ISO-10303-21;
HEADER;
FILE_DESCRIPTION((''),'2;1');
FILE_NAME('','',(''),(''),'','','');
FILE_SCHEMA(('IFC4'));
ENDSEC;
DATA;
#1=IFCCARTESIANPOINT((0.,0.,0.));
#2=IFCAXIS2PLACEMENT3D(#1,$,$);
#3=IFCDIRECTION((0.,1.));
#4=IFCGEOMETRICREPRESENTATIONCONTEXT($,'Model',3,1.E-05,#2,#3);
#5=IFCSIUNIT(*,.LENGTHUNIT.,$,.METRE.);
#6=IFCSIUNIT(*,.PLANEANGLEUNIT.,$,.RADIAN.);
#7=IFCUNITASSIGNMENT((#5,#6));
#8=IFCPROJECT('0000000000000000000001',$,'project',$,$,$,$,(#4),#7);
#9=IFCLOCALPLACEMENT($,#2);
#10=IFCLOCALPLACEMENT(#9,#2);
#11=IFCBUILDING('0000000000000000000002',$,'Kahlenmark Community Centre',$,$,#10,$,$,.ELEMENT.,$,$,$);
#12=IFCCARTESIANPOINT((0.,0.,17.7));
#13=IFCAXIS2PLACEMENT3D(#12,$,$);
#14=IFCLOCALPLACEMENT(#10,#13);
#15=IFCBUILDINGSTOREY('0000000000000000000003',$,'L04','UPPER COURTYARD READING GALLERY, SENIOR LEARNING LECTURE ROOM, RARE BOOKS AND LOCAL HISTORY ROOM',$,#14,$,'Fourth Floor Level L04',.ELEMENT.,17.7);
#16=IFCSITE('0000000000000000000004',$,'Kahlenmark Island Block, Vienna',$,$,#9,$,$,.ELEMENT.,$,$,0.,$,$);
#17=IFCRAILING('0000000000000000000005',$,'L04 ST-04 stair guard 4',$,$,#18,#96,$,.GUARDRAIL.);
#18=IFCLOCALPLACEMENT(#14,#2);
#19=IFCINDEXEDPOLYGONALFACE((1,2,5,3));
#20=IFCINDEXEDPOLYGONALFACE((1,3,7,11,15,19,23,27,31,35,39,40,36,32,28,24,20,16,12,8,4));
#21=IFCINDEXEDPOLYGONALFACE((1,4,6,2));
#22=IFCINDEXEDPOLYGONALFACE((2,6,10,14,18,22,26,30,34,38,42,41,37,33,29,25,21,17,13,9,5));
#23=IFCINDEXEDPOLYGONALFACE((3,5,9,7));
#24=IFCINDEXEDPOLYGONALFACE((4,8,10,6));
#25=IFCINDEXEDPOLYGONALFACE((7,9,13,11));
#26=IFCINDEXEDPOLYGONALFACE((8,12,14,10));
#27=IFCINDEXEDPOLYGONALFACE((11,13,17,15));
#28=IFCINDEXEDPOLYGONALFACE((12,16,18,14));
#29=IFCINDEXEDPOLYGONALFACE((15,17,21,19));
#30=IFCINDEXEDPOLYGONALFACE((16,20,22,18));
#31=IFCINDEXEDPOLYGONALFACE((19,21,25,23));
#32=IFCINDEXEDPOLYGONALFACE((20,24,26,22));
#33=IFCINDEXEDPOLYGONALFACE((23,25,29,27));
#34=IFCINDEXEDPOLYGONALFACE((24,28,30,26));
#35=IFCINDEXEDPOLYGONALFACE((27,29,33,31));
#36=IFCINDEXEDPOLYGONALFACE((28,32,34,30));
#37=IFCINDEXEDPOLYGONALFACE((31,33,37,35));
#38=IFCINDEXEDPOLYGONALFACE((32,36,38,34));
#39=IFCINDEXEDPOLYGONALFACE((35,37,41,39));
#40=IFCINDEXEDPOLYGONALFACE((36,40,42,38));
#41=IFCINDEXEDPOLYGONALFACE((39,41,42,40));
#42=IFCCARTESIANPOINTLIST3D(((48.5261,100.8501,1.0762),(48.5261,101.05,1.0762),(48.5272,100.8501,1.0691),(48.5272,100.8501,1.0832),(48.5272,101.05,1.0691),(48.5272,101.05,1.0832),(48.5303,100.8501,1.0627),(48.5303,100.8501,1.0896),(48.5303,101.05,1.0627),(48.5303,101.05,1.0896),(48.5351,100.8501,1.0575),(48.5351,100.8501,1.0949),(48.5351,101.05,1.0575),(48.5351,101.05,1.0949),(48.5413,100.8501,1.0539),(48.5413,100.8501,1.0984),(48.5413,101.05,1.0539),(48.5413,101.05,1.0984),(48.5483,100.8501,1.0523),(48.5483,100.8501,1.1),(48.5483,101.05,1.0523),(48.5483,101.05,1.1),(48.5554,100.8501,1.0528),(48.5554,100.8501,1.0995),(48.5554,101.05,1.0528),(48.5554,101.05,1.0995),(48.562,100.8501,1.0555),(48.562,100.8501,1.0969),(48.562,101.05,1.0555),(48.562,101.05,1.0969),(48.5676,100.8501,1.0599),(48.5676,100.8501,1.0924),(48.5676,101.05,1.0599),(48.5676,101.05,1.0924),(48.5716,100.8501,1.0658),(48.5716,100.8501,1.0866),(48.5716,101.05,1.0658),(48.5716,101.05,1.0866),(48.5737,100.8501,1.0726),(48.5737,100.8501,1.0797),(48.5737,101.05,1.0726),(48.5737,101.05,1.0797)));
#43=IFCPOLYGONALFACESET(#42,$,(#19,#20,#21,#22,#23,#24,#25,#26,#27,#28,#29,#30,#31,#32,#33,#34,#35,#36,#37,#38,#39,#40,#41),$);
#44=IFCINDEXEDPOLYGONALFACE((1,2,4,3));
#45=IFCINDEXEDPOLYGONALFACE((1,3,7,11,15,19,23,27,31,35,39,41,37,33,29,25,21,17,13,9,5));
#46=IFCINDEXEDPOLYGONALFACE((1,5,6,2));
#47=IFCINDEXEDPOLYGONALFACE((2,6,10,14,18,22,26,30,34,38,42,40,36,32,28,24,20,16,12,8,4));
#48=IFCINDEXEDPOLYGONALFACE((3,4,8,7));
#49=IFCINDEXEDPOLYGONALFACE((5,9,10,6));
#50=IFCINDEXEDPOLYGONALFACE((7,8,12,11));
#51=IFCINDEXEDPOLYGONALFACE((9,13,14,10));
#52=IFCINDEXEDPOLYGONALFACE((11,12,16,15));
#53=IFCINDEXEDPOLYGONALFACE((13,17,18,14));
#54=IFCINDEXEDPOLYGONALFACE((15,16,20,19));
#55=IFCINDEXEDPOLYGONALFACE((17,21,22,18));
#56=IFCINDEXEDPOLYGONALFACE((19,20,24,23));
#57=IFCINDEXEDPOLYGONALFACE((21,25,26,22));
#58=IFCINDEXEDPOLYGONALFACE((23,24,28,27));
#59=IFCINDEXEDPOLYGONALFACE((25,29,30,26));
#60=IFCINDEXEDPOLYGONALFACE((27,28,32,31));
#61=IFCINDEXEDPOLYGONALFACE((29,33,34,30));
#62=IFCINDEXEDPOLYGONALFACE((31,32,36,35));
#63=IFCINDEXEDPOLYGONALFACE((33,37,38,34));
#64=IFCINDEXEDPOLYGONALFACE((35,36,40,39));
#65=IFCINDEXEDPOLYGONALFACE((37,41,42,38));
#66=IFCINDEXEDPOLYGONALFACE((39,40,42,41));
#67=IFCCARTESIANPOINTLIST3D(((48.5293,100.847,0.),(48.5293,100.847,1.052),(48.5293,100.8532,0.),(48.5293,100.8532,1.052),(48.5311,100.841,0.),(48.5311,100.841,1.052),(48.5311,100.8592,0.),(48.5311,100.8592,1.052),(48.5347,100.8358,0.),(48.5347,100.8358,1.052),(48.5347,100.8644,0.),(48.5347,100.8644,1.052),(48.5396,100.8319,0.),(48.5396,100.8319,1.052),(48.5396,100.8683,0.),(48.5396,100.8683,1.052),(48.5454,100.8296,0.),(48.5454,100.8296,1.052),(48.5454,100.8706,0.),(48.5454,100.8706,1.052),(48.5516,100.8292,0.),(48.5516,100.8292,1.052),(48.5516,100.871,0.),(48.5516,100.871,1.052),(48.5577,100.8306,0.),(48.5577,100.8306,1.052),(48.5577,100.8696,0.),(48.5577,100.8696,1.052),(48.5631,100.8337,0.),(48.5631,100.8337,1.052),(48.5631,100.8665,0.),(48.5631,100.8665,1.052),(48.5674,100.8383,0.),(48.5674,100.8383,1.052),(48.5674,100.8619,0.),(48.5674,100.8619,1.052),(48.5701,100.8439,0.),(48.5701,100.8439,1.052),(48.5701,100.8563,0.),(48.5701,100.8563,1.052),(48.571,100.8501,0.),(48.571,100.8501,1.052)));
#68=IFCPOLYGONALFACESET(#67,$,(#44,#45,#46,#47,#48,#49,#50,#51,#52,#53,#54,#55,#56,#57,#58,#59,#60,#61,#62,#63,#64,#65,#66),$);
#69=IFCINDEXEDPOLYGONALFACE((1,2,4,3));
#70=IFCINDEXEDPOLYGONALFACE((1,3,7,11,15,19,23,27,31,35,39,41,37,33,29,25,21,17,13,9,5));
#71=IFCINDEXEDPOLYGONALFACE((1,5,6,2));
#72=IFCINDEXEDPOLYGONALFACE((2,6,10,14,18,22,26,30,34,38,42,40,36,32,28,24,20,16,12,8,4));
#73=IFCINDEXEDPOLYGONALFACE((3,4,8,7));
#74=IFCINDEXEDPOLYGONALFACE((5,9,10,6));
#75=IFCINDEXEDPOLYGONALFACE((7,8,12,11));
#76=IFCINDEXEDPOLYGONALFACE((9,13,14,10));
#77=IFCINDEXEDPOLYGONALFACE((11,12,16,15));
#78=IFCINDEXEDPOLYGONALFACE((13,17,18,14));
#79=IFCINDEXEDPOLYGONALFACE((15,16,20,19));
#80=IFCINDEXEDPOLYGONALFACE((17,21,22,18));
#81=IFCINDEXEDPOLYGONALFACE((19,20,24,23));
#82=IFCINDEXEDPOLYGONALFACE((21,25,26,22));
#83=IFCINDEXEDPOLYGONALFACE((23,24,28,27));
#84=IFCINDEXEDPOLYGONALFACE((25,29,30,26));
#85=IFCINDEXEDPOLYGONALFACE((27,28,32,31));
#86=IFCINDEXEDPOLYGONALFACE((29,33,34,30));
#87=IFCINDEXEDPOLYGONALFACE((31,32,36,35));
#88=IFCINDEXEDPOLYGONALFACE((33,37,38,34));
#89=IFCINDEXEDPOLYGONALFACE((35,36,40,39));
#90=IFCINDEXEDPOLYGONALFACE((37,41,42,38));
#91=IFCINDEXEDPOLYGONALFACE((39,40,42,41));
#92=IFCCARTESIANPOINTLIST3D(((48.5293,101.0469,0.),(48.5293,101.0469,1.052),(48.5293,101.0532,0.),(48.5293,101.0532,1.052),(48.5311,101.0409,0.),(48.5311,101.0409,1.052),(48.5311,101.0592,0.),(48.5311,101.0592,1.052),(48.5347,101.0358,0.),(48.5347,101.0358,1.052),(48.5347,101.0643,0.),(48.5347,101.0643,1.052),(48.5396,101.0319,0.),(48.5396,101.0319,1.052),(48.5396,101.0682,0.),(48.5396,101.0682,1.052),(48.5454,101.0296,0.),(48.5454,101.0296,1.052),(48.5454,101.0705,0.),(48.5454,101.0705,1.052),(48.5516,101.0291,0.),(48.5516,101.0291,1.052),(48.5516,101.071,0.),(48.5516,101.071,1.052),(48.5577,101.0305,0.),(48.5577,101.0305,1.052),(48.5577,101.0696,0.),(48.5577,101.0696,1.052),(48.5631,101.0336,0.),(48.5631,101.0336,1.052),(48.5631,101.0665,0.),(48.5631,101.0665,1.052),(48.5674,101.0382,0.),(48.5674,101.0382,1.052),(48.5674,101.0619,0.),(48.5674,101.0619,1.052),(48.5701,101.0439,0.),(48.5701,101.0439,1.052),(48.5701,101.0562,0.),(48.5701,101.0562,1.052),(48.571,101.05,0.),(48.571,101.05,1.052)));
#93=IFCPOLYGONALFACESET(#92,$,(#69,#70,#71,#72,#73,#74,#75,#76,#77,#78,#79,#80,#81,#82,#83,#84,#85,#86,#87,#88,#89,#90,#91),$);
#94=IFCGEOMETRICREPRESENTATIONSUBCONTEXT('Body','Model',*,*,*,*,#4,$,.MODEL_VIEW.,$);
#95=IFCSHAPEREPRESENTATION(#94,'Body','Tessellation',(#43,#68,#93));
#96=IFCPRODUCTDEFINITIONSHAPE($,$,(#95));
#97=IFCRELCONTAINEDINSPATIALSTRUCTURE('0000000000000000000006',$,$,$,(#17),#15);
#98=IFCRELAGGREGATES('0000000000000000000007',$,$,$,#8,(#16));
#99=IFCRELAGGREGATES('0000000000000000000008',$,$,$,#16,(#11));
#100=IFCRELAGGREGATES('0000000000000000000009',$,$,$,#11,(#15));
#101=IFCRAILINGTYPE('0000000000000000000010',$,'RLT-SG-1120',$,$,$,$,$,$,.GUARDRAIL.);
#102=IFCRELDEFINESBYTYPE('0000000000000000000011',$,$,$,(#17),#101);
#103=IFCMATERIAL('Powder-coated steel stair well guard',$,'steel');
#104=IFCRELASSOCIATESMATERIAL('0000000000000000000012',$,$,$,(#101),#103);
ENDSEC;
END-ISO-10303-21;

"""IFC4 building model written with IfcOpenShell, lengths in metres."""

from ifc_helpers import new_model, si_unit, direction, frame, origin, origin_2d, place, context, subcontext, project, spatial, circle, extrude, material, type_object, element, save


model = new_model("IFC4")

# Units and contexts
model_context = context("Model", 3, precision=1e-05, world=origin(), true_north=direction((0.0, 1.0)))
body_context = subcontext(model_context, "Body", "Model", "MODEL_VIEW")
ifc_project = project(units=[si_unit("LENGTHUNIT", "METRE"), si_unit("PLANEANGLEUNIT", "RADIAN")], contexts=[model_context])

# Site, building, storey
site_placement = place(None, origin())
site = spatial("IfcSite", under=ifc_project, at=site_placement, Name="Kahlenmark Island Block, Vienna", CompositionType="ELEMENT", RefElevation=0.0)
building_placement = place(site_placement, origin())
building = spatial("IfcBuilding", under=site, at=building_placement, Name="Kahlenmark Community Centre", CompositionType="ELEMENT")
storey_placement = place(building_placement, frame((0.0, 0.0, 17.7)))
storey = spatial("IfcBuildingStorey", under=building, at=storey_placement, Name="L04", Description="UPPER COURTYARD READING GALLERY, SENIOR LEARNING LECTURE ROOM, RARE BOOKS AND LOCAL HISTORY ROOM", LongName="Fourth Floor Level L04", CompositionType="ELEMENT", Elevation=17.7)

# Railing
ifc_material_1 = material(Name="Powder-coated steel stair well guard", Category="steel")
railing_type_1 = type_object("IfcRailingType", Name="RLT-SG-1120", PredefinedType="GUARDRAIL", material=ifc_material_1)
railing_1_placement = place(storey_placement, frame((48.55, 100.8501, 0.0)))
element("IfcRailing", 1, at=railing_1_placement, inside=storey, type_object=railing_type_1, Name="L04 ST-04 stair guard 4", PredefinedType="GUARDRAIL", context=body_context, shape_type="SweptSolid", body=[
    extrude(circle(Radius=0.0239, at=origin_2d()), frame((0.0, 0.0, 1.0762), z_axis=(0.0, 1.0, 0.0), x_axis=(-1.0, 0.0, 0.0)), (0.0, 0.0, 1.0), 0.2),
    extrude(circle(Radius=0.021, at=origin_2d()), origin(), (0.0, 0.0, 1.0), 1.052),
    extrude(circle(Radius=0.021, at=origin_2d()), frame((0.0, 0.2, 0.0)), (0.0, 0.0, 1.0), 1.052),
])

save(model, "model.ifc")
